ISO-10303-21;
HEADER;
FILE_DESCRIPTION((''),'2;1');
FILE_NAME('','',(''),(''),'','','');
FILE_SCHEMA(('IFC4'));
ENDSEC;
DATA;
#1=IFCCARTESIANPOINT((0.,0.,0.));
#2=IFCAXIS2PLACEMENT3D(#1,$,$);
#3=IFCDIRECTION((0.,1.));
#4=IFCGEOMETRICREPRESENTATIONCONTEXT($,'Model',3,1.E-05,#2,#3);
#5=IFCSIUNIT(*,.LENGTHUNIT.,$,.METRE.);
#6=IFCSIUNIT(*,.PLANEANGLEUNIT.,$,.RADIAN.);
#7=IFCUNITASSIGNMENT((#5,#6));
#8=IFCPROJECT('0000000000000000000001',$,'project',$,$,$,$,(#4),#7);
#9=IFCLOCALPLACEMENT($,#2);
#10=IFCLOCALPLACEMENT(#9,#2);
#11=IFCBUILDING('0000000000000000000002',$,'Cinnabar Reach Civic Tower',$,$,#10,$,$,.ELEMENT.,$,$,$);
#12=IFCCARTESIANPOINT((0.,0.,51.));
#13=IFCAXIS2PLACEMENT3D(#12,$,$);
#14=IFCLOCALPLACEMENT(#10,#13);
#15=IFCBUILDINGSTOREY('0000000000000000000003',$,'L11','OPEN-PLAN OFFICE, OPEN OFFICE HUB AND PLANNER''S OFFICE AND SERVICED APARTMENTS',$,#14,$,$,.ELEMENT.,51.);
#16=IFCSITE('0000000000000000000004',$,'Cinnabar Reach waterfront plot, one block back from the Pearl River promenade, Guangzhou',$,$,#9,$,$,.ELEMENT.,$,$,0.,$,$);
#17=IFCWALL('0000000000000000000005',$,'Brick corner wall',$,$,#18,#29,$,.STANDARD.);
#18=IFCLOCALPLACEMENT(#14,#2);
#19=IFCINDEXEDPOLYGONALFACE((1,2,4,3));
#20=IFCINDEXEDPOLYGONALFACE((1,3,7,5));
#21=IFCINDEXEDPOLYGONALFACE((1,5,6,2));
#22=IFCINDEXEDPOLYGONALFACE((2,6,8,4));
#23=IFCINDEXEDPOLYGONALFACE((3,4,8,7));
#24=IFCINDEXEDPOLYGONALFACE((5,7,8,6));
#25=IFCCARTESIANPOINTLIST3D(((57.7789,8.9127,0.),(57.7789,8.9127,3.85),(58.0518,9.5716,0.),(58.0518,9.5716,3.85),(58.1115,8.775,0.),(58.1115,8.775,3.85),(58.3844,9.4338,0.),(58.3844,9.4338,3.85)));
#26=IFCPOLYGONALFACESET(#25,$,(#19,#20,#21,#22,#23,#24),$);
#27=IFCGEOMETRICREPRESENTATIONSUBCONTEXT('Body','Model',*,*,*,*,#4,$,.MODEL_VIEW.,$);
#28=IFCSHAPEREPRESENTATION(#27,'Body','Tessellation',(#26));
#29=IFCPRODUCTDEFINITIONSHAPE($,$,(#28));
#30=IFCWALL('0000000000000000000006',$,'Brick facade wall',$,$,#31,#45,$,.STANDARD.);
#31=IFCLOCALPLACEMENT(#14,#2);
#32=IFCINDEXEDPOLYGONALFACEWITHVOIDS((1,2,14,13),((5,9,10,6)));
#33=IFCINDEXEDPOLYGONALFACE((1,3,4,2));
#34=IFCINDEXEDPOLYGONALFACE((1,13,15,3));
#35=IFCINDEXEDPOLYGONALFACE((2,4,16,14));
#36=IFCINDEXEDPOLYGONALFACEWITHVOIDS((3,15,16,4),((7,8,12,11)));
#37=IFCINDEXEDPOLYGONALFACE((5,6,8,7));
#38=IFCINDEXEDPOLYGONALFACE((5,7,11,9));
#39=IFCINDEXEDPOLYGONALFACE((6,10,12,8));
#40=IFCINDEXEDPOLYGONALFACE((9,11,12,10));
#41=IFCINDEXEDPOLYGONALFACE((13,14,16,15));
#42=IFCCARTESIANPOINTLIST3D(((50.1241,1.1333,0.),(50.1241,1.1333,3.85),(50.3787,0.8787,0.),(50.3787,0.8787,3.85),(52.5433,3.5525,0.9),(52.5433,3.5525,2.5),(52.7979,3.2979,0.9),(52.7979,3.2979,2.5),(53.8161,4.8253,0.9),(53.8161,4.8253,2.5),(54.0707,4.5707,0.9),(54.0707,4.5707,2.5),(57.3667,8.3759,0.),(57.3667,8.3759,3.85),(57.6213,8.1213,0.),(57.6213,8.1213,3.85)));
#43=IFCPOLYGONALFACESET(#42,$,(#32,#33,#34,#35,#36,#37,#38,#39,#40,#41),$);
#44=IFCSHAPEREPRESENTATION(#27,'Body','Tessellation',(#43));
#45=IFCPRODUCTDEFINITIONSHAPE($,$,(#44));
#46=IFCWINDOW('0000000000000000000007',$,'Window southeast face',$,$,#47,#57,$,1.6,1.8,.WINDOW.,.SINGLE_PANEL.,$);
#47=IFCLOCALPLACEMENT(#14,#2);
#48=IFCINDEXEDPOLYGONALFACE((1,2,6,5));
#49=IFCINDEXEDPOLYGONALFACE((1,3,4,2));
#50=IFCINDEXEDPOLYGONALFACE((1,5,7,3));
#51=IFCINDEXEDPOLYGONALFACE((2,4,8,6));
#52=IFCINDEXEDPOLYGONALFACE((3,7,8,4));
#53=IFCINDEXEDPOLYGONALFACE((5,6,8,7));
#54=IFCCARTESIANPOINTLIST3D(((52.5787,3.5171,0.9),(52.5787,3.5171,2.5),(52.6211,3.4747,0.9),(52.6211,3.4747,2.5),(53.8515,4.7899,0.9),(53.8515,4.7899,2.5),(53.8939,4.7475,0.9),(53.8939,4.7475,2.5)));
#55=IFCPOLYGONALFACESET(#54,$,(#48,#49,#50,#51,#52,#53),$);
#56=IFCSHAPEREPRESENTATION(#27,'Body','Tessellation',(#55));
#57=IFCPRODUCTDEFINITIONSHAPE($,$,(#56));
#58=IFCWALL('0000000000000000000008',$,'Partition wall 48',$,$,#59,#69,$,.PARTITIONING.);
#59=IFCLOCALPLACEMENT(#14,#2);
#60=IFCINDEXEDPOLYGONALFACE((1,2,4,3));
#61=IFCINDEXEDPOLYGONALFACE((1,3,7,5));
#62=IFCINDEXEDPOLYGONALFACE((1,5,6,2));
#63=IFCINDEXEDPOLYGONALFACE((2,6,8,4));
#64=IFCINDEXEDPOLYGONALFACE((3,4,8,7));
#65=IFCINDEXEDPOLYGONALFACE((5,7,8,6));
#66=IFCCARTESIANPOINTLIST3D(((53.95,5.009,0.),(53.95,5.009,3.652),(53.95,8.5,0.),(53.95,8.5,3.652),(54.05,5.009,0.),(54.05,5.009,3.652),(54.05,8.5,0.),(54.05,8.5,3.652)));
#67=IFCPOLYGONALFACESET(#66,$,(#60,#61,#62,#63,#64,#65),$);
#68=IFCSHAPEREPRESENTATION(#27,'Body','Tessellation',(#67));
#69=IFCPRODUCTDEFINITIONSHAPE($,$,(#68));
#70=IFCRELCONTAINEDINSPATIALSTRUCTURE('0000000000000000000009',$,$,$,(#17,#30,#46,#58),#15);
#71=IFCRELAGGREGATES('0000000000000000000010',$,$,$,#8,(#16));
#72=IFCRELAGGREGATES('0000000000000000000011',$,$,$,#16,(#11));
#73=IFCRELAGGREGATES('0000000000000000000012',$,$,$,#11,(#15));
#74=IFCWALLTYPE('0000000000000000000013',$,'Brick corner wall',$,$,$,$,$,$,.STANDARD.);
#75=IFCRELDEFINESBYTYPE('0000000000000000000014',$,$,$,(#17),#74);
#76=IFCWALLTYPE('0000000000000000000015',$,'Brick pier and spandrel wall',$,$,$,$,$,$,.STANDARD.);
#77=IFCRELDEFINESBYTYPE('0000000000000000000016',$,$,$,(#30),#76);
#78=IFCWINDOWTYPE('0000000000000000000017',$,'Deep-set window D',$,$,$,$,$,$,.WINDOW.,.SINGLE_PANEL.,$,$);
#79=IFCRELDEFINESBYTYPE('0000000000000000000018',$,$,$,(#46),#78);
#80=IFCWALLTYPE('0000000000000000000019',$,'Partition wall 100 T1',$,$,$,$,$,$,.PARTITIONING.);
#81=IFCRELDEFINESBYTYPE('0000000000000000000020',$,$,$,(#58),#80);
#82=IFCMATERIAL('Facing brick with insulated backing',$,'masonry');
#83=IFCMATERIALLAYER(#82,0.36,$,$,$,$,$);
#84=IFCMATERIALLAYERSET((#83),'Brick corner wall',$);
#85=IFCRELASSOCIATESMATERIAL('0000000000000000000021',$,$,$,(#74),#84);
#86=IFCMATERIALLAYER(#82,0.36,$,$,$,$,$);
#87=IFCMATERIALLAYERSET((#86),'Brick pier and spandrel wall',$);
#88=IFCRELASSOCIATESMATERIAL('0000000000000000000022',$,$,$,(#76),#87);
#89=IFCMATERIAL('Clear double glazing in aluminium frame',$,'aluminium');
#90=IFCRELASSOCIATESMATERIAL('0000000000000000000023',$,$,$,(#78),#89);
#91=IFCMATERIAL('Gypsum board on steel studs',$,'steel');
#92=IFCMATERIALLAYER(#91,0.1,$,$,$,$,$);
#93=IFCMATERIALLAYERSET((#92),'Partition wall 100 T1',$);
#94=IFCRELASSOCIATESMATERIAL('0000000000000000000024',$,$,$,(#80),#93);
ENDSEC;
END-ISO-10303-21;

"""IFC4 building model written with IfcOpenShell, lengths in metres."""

from ifc_helpers import new_model, si_unit, direction, frame, frame_2d, origin, place, context, subcontext, project, spatial, rectangle, extrude, material, layer, layer_set, type_object, element, fill, save


model = new_model("IFC4")

# Units and contexts
model_context = context("Model", 3, precision=1e-05, world=origin(), true_north=direction((0.0, 1.0)))
body_context = subcontext(model_context, "Body", "Model", "MODEL_VIEW")
ifc_project = project(units=[si_unit("LENGTHUNIT", "METRE"), si_unit("PLANEANGLEUNIT", "RADIAN")], contexts=[model_context])

# Site, building, storey
site_placement = place(None, origin())
site = spatial("IfcSite", under=ifc_project, at=site_placement, Name="Cinnabar Reach waterfront plot, one block back from the Pearl River promenade, Guangzhou", CompositionType="ELEMENT", RefElevation=0.0)
building_placement = place(site_placement, origin())
building = spatial("IfcBuilding", under=site, at=building_placement, Name="Cinnabar Reach Civic Tower", CompositionType="ELEMENT")
storey_placement = place(building_placement, frame((0.0, 0.0, 51.0)))
storey = spatial("IfcBuildingStorey", under=building, at=storey_placement, Name="L11", Description="OPEN-PLAN OFFICE, OPEN OFFICE HUB AND PLANNER'S OFFICE AND SERVICED APARTMENTS", CompositionType="ELEMENT", Elevation=51.0)

# Wall
ifc_material_1 = material(Name="Facing brick with insulated backing", Category="masonry")
ifc_layer_1 = layer(ifc_material_1, 0.36)
ifc_layer_set_1 = layer_set([ifc_layer_1], Name="Brick corner wall")
wall_type_1 = type_object("IfcWallType", Name="Brick corner wall", PredefinedType="STANDARD", material=ifc_layer_set_1)
wall_1_placement = place(storey_placement, frame((57.9452, 8.8439, 0.0), z_axis=(0.0, 0.0, 1.0), x_axis=(0.382703, 0.923872, 0.0)))
element("IfcWall", 1, at=wall_1_placement, inside=storey, type_object=wall_type_1, Name="Brick corner wall", PredefinedType="STANDARD", context=body_context, shape_type="SweptSolid", body=[
    extrude(rectangle(XDim=0.7131, YDim=0.36, at=frame_2d((0.3565, 0.0))), origin(), (0.0, 0.0, 1.0), 3.85),
])

# Wall, opening, window
ifc_layer_2 = layer(ifc_material_1, 0.36)
ifc_layer_set_2 = layer_set([ifc_layer_2], Name="Brick pier and spandrel wall")
wall_type_2 = type_object("IfcWallType", Name="Brick pier and spandrel wall", PredefinedType="STANDARD", material=ifc_layer_set_2)
wall_2_placement = place(storey_placement, frame((50.2514, 1.006, 0.0), z_axis=(0.0, 0.0, 1.0), x_axis=(0.707107, 0.707107, 0.0)))
wall_2 = element("IfcWall", 2, at=wall_2_placement, inside=storey, type_object=wall_type_2, Name="Brick facade wall", PredefinedType="STANDARD", context=body_context, shape_type="SweptSolid", body=[
    extrude(rectangle(XDim=10.2426, YDim=0.36, at=frame_2d((5.1213, 0.0))), origin(), (0.0, 0.0, 1.0), 3.85),
])
opening_placement = place(wall_2_placement, frame((3.4213, 0.0, 0.9)))
opening = element("IfcOpeningElement", 3, at=opening_placement, cuts=wall_2, PredefinedType="OPENING", context=body_context, shape_type="SweptSolid", body=[
    extrude(rectangle(XDim=1.8, YDim=1.6, at=frame_2d((0.9, 0.8))), frame((0.0, 0.19, 0.0), z_axis=(0.0, -1.0, 0.0), x_axis=(1.0, 0.0, 0.0)), (0.0, 0.0, 1.0), 0.38),
])
ifc_material_2 = material(Name="Clear double glazing in aluminium frame", Category="aluminium")
window_type = type_object("IfcWindowType", Name="Deep-set window D", PartitioningType="SINGLE_PANEL", PredefinedType="WINDOW", material=ifc_material_2)
window_placement = place(opening_placement, origin())
window = element("IfcWindow", 4, at=window_placement, inside=storey, type_object=window_type, Name="Window southeast face", OverallHeight=1.6, OverallWidth=1.8, PartitioningType="SINGLE_PANEL", PredefinedType="WINDOW", context=body_context, shape_type="SweptSolid", body=[
    extrude(rectangle(XDim=1.8, YDim=1.6, at=frame_2d((0.9, 0.8))), frame((0.0, 0.13, 0.0), z_axis=(0.0, -1.0, 0.0), x_axis=(1.0, 0.0, 0.0)), (0.0, 0.0, 1.0), 0.06),
])
fill(opening, window)

# Wall
ifc_material_3 = material(Name="Gypsum board on steel studs", Category="steel")
ifc_layer_3 = layer(ifc_material_3, 0.1)
ifc_layer_set_3 = layer_set([ifc_layer_3], Name="Partition wall 100 T1")
wall_type_3 = type_object("IfcWallType", Name="Partition wall 100 T1", PredefinedType="PARTITIONING", material=ifc_layer_set_3)
wall_3_placement = place(storey_placement, frame((54.0, 5.0091, 0.0), z_axis=(0.0, 0.0, 1.0), x_axis=(0.0, 1.0, 0.0)))
element("IfcWall", 5, at=wall_3_placement, inside=storey, type_object=wall_type_3, Name="Partition wall 48", PredefinedType="PARTITIONING", context=body_context, shape_type="SweptSolid", body=[
    extrude(rectangle(XDim=3.4909, YDim=0.1, at=frame_2d((1.7454, 0.0))), origin(), (0.0, 0.0, 1.0), 3.652),
])

save(model, "model.ifc")
